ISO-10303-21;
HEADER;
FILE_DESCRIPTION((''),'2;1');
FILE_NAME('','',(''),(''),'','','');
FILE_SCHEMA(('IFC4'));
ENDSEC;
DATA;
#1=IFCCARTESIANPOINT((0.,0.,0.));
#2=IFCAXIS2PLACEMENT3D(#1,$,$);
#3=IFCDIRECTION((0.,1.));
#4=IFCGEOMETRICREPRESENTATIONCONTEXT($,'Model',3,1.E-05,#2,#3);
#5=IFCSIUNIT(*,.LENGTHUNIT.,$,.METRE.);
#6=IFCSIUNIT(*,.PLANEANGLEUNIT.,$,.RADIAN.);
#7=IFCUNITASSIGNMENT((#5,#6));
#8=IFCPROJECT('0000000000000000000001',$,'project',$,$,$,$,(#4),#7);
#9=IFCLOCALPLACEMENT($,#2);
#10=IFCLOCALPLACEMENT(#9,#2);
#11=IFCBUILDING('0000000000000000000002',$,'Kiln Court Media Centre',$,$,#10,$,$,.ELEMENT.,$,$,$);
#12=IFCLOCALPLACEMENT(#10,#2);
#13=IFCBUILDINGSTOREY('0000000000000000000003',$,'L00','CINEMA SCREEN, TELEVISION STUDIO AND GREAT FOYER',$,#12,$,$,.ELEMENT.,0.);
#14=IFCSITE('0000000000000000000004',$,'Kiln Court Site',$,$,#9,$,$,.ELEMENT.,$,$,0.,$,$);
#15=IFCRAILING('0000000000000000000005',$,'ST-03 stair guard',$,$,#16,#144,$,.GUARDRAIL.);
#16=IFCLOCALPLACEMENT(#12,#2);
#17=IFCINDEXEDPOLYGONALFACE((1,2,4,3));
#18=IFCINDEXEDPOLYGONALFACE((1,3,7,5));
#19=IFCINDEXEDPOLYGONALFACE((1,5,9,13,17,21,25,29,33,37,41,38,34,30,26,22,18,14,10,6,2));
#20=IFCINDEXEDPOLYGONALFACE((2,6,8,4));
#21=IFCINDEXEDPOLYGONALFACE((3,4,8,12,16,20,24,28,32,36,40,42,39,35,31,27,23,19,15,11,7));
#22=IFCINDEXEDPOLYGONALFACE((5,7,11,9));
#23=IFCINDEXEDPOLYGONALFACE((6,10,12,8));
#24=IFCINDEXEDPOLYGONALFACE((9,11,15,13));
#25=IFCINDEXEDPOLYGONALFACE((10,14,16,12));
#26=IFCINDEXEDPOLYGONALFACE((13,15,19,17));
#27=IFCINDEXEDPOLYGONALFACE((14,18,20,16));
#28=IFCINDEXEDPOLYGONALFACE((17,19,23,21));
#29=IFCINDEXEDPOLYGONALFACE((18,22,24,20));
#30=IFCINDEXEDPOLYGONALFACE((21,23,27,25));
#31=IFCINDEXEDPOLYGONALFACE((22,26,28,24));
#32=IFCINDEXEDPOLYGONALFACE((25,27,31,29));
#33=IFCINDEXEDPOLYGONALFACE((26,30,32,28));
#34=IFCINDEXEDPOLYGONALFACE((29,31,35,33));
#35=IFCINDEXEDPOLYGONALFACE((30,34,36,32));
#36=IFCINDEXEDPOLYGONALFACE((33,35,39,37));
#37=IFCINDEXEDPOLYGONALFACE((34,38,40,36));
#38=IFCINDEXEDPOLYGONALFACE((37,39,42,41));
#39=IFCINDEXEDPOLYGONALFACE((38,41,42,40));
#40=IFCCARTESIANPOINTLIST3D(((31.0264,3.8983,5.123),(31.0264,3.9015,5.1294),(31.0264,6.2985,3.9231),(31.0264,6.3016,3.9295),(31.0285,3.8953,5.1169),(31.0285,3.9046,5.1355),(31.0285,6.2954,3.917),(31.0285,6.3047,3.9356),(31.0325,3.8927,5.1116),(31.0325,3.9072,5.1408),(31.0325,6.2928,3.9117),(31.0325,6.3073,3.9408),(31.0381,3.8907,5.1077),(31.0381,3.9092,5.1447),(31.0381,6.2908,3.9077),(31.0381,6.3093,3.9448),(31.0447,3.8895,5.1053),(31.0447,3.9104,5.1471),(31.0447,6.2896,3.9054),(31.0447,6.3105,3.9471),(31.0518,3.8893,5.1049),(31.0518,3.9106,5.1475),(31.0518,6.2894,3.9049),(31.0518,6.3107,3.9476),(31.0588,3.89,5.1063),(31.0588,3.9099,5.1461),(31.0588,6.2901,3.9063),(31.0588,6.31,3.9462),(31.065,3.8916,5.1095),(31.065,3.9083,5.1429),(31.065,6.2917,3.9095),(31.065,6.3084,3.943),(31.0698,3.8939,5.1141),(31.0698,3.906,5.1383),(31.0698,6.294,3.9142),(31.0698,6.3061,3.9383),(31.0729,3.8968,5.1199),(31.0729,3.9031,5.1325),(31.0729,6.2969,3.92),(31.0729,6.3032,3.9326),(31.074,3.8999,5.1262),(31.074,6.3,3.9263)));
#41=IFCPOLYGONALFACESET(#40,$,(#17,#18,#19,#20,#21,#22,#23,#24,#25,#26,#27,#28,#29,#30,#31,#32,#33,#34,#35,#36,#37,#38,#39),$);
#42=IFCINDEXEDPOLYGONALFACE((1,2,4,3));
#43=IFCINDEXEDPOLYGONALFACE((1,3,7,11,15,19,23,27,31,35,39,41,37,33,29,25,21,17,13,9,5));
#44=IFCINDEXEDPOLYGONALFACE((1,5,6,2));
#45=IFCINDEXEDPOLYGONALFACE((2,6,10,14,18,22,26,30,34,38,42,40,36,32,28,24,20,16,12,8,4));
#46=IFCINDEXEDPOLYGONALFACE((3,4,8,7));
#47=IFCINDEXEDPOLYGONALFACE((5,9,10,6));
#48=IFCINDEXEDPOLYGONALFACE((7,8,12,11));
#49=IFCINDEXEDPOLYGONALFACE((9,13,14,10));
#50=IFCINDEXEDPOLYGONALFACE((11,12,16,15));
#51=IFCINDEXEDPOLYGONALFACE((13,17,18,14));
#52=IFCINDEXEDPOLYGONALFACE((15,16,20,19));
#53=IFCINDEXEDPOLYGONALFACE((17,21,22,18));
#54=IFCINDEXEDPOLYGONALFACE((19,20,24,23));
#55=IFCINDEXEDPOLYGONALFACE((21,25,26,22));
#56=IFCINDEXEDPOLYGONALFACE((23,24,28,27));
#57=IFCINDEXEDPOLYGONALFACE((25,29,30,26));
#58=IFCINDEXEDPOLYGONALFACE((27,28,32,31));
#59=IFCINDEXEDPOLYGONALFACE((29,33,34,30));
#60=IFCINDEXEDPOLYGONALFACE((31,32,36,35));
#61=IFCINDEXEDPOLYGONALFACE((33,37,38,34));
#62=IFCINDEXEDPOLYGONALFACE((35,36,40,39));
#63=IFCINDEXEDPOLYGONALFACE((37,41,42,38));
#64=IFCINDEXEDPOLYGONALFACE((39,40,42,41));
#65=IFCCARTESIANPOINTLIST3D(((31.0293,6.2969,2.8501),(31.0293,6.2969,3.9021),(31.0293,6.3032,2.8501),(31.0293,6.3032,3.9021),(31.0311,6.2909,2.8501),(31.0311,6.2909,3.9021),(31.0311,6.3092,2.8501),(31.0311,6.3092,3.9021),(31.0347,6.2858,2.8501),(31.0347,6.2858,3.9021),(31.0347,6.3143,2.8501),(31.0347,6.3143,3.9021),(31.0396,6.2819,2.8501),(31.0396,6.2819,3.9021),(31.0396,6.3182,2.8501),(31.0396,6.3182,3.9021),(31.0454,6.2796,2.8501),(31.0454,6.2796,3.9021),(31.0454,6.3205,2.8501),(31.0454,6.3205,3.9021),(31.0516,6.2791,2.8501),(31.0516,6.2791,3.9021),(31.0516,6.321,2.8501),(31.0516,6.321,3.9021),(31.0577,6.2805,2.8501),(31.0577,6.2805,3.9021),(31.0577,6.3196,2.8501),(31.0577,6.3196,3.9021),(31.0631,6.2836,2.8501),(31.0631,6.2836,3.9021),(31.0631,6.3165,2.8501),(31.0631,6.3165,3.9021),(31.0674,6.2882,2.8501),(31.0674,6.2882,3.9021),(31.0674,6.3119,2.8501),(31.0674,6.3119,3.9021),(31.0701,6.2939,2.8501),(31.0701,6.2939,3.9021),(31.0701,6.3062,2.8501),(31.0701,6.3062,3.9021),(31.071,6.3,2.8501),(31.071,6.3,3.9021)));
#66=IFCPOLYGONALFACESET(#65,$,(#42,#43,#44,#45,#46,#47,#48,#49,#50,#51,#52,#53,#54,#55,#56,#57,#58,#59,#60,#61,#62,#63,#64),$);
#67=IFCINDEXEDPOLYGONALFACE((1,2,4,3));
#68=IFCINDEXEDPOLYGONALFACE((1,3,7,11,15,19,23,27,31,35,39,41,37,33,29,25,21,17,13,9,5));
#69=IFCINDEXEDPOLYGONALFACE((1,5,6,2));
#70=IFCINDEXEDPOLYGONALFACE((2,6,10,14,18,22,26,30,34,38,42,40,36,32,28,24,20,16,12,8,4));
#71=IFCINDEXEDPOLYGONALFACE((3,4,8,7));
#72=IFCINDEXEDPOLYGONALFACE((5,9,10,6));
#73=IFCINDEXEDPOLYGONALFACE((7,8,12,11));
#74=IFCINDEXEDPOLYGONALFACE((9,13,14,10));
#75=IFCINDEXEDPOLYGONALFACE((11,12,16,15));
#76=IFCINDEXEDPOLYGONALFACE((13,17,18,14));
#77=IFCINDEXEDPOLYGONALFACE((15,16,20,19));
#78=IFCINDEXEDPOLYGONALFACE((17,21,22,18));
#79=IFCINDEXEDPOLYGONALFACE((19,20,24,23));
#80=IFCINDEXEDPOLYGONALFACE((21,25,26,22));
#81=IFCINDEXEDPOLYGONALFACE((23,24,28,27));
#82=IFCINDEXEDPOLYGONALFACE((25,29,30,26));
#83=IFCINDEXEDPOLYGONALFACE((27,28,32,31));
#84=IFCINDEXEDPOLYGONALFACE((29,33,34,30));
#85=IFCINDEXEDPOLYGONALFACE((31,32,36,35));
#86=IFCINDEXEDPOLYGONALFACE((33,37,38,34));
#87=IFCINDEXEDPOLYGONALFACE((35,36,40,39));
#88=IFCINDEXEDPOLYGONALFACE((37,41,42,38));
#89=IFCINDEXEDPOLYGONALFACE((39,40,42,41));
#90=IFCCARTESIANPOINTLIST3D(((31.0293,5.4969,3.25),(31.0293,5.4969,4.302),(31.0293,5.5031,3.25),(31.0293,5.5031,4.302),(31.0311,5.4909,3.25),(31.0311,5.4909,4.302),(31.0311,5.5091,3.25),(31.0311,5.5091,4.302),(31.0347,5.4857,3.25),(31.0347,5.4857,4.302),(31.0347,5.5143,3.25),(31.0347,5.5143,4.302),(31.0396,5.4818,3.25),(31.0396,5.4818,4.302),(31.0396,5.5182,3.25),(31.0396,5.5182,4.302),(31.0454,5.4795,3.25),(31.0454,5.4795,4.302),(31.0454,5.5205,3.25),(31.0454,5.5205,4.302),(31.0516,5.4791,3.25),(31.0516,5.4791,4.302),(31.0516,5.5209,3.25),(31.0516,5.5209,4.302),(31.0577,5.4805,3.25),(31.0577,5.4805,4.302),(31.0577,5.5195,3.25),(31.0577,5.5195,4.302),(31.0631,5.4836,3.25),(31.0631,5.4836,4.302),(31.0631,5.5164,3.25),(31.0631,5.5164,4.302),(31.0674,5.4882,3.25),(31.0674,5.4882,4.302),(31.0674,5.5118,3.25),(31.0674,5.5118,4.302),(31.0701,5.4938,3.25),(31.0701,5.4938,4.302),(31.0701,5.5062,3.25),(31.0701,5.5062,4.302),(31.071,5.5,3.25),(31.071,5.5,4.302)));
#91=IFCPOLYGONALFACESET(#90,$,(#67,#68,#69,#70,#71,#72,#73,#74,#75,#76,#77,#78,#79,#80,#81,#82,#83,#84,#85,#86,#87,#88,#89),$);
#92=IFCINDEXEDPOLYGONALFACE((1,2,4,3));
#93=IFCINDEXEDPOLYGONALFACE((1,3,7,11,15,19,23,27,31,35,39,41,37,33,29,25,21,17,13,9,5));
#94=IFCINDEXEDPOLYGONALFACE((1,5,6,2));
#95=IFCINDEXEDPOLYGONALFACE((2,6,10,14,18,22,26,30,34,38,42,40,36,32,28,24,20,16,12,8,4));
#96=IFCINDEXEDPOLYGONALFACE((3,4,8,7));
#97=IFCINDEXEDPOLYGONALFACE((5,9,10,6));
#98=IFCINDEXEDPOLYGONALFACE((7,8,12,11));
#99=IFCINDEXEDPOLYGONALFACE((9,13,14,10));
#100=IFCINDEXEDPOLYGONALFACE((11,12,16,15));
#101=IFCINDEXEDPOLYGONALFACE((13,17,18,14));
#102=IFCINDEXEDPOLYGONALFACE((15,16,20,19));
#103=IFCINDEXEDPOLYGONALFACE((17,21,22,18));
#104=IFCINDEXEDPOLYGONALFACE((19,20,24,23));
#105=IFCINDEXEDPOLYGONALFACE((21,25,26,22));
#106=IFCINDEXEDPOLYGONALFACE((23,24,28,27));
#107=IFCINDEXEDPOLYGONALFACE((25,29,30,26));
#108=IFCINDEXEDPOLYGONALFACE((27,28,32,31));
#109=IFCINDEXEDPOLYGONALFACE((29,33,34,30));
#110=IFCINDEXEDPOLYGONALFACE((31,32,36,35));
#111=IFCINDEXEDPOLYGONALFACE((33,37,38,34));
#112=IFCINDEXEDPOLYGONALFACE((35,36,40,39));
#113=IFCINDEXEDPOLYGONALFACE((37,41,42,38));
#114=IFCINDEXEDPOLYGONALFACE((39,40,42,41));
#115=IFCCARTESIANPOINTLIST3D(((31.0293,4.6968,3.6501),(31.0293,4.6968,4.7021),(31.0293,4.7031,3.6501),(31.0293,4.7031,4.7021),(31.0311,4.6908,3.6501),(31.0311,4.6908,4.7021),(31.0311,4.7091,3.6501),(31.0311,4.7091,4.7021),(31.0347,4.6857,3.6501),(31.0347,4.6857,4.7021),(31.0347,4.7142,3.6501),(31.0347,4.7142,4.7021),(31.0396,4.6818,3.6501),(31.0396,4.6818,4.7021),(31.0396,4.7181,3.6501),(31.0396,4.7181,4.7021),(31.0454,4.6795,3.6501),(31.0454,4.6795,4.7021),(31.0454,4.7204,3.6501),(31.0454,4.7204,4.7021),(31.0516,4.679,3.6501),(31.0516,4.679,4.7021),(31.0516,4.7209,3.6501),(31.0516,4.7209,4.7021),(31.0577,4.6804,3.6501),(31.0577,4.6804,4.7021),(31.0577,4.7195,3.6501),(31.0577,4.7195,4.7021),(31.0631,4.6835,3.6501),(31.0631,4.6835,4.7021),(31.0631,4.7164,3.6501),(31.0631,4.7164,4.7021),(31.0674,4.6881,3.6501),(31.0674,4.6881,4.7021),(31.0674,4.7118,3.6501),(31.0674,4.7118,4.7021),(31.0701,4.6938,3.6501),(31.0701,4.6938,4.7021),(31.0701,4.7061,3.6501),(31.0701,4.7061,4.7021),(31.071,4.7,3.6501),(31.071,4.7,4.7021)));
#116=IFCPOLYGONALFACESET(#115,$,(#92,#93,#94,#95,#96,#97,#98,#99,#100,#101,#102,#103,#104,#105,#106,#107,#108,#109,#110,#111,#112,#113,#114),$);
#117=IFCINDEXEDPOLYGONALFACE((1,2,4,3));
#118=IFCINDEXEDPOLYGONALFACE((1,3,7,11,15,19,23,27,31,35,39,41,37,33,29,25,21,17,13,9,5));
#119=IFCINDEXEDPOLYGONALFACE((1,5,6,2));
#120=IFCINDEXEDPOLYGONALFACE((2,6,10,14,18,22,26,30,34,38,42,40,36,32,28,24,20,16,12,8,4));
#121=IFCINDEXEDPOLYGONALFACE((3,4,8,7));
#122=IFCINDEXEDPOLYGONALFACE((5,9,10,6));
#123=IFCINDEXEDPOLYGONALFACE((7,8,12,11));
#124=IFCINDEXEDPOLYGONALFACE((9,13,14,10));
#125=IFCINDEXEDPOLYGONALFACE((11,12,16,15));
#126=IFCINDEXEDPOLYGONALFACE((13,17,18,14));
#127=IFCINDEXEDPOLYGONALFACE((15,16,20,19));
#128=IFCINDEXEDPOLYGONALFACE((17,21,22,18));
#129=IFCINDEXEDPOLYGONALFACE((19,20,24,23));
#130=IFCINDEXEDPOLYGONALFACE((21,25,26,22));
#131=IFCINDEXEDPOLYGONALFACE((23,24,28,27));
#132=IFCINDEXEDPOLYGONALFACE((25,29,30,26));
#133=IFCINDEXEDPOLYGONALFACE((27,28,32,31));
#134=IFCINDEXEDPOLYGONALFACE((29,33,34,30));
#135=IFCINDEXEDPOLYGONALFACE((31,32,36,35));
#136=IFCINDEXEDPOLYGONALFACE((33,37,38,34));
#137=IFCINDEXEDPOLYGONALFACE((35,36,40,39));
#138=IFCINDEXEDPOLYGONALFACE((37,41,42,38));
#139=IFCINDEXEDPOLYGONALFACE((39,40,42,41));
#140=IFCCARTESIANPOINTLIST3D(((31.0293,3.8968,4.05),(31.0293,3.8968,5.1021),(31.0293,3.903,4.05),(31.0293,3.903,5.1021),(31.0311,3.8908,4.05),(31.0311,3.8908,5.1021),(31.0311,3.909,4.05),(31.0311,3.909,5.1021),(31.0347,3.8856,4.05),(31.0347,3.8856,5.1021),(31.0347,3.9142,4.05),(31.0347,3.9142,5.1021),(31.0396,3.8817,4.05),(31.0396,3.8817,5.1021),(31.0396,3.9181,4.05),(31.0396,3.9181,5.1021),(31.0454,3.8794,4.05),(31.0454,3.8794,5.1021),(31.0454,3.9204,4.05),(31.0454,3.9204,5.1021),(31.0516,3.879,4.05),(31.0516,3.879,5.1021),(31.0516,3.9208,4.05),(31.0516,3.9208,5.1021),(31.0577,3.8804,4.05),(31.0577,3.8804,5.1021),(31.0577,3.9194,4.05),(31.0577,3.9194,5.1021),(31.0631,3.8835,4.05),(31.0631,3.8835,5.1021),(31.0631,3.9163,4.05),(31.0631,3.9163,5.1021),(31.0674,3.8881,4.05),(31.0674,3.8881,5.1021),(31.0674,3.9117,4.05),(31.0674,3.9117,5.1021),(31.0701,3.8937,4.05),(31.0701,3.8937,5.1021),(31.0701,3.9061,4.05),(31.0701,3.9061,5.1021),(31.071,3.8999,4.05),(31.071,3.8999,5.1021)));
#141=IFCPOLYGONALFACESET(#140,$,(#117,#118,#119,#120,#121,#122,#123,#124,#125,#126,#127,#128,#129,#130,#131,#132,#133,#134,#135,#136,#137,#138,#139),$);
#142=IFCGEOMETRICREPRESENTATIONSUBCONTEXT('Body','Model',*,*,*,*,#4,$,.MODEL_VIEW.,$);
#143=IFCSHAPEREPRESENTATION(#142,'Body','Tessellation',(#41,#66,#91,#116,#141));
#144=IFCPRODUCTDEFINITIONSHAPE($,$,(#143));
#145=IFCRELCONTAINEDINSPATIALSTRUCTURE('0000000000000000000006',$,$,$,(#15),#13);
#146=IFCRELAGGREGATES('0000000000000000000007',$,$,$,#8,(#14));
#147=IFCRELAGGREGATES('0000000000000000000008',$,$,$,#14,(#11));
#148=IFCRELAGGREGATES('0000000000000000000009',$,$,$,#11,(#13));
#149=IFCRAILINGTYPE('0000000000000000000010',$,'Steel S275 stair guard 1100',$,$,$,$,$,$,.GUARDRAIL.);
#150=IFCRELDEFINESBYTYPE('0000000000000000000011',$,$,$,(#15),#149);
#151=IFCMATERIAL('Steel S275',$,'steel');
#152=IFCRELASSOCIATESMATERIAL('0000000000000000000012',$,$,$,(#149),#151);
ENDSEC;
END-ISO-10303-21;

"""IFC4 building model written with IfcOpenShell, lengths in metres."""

from ifc_helpers import new_model, si_unit, direction, frame, origin, origin_2d, place, context, subcontext, project, spatial, circle, extrude, material, type_object, element, save


model = new_model("IFC4")

# Units and contexts
model_context = context("Model", 3, precision=1e-05, world=origin(), true_north=direction((0.0, 1.0)))
body_context = subcontext(model_context, "Body", "Model", "MODEL_VIEW")
ifc_project = project(units=[si_unit("LENGTHUNIT", "METRE"), si_unit("PLANEANGLEUNIT", "RADIAN")], contexts=[model_context])

# Site, building, storey
site_placement = place(None, origin())
site = spatial("IfcSite", under=ifc_project, at=site_placement, Name="Kiln Court Site", CompositionType="ELEMENT", RefElevation=0.0)
building_placement = place(site_placement, origin())
building = spatial("IfcBuilding", under=site, at=building_placement, Name="Kiln Court Media Centre", CompositionType="ELEMENT")
storey_placement = place(building_placement, origin())
storey = spatial("IfcBuildingStorey", under=building, at=storey_placement, Name="L00", Description="CINEMA SCREEN, TELEVISION STUDIO AND GREAT FOYER", CompositionType="ELEMENT", Elevation=0.0)

# Railing
ifc_material_1 = material(Name="Steel S275", Category="steel")
railing_type_1 = type_object("IfcRailingType", Name="Steel S275 stair guard 1100", PredefinedType="GUARDRAIL", material=ifc_material_1)
railing_1_placement = place(storey_placement, frame((31.05, 6.3, 2.8501)))
element("IfcRailing", 1, at=railing_1_placement, inside=storey, type_object=railing_type_1, Name="ST-03 stair guard", PredefinedType="GUARDRAIL", context=body_context, shape_type="SweptSolid", body=[
    extrude(circle(Radius=0.0239, at=origin_2d()), frame((0.0, 0.0, 1.0762), z_axis=(0.0, -0.894445, 0.447177), x_axis=(1.0, 0.0, 0.0)), (0.0, 0.0, 1.0), 2.6833),
    extrude(circle(Radius=0.021, at=origin_2d()), origin(), (0.0, 0.0, 1.0), 1.052),
    extrude(circle(Radius=0.021, at=origin_2d()), frame((0.0, -0.8, 0.3999)), (0.0, 0.0, 1.0), 1.052),
    extrude(circle(Radius=0.021, at=origin_2d()), frame((0.0, -1.6001, 0.8)), (0.0, 0.0, 1.0), 1.052),
    extrude(circle(Radius=0.021, at=origin_2d()), frame((0.0, -2.4001, 1.2)), (0.0, 0.0, 1.0), 1.052),
])

save(model, "model.ifc")
